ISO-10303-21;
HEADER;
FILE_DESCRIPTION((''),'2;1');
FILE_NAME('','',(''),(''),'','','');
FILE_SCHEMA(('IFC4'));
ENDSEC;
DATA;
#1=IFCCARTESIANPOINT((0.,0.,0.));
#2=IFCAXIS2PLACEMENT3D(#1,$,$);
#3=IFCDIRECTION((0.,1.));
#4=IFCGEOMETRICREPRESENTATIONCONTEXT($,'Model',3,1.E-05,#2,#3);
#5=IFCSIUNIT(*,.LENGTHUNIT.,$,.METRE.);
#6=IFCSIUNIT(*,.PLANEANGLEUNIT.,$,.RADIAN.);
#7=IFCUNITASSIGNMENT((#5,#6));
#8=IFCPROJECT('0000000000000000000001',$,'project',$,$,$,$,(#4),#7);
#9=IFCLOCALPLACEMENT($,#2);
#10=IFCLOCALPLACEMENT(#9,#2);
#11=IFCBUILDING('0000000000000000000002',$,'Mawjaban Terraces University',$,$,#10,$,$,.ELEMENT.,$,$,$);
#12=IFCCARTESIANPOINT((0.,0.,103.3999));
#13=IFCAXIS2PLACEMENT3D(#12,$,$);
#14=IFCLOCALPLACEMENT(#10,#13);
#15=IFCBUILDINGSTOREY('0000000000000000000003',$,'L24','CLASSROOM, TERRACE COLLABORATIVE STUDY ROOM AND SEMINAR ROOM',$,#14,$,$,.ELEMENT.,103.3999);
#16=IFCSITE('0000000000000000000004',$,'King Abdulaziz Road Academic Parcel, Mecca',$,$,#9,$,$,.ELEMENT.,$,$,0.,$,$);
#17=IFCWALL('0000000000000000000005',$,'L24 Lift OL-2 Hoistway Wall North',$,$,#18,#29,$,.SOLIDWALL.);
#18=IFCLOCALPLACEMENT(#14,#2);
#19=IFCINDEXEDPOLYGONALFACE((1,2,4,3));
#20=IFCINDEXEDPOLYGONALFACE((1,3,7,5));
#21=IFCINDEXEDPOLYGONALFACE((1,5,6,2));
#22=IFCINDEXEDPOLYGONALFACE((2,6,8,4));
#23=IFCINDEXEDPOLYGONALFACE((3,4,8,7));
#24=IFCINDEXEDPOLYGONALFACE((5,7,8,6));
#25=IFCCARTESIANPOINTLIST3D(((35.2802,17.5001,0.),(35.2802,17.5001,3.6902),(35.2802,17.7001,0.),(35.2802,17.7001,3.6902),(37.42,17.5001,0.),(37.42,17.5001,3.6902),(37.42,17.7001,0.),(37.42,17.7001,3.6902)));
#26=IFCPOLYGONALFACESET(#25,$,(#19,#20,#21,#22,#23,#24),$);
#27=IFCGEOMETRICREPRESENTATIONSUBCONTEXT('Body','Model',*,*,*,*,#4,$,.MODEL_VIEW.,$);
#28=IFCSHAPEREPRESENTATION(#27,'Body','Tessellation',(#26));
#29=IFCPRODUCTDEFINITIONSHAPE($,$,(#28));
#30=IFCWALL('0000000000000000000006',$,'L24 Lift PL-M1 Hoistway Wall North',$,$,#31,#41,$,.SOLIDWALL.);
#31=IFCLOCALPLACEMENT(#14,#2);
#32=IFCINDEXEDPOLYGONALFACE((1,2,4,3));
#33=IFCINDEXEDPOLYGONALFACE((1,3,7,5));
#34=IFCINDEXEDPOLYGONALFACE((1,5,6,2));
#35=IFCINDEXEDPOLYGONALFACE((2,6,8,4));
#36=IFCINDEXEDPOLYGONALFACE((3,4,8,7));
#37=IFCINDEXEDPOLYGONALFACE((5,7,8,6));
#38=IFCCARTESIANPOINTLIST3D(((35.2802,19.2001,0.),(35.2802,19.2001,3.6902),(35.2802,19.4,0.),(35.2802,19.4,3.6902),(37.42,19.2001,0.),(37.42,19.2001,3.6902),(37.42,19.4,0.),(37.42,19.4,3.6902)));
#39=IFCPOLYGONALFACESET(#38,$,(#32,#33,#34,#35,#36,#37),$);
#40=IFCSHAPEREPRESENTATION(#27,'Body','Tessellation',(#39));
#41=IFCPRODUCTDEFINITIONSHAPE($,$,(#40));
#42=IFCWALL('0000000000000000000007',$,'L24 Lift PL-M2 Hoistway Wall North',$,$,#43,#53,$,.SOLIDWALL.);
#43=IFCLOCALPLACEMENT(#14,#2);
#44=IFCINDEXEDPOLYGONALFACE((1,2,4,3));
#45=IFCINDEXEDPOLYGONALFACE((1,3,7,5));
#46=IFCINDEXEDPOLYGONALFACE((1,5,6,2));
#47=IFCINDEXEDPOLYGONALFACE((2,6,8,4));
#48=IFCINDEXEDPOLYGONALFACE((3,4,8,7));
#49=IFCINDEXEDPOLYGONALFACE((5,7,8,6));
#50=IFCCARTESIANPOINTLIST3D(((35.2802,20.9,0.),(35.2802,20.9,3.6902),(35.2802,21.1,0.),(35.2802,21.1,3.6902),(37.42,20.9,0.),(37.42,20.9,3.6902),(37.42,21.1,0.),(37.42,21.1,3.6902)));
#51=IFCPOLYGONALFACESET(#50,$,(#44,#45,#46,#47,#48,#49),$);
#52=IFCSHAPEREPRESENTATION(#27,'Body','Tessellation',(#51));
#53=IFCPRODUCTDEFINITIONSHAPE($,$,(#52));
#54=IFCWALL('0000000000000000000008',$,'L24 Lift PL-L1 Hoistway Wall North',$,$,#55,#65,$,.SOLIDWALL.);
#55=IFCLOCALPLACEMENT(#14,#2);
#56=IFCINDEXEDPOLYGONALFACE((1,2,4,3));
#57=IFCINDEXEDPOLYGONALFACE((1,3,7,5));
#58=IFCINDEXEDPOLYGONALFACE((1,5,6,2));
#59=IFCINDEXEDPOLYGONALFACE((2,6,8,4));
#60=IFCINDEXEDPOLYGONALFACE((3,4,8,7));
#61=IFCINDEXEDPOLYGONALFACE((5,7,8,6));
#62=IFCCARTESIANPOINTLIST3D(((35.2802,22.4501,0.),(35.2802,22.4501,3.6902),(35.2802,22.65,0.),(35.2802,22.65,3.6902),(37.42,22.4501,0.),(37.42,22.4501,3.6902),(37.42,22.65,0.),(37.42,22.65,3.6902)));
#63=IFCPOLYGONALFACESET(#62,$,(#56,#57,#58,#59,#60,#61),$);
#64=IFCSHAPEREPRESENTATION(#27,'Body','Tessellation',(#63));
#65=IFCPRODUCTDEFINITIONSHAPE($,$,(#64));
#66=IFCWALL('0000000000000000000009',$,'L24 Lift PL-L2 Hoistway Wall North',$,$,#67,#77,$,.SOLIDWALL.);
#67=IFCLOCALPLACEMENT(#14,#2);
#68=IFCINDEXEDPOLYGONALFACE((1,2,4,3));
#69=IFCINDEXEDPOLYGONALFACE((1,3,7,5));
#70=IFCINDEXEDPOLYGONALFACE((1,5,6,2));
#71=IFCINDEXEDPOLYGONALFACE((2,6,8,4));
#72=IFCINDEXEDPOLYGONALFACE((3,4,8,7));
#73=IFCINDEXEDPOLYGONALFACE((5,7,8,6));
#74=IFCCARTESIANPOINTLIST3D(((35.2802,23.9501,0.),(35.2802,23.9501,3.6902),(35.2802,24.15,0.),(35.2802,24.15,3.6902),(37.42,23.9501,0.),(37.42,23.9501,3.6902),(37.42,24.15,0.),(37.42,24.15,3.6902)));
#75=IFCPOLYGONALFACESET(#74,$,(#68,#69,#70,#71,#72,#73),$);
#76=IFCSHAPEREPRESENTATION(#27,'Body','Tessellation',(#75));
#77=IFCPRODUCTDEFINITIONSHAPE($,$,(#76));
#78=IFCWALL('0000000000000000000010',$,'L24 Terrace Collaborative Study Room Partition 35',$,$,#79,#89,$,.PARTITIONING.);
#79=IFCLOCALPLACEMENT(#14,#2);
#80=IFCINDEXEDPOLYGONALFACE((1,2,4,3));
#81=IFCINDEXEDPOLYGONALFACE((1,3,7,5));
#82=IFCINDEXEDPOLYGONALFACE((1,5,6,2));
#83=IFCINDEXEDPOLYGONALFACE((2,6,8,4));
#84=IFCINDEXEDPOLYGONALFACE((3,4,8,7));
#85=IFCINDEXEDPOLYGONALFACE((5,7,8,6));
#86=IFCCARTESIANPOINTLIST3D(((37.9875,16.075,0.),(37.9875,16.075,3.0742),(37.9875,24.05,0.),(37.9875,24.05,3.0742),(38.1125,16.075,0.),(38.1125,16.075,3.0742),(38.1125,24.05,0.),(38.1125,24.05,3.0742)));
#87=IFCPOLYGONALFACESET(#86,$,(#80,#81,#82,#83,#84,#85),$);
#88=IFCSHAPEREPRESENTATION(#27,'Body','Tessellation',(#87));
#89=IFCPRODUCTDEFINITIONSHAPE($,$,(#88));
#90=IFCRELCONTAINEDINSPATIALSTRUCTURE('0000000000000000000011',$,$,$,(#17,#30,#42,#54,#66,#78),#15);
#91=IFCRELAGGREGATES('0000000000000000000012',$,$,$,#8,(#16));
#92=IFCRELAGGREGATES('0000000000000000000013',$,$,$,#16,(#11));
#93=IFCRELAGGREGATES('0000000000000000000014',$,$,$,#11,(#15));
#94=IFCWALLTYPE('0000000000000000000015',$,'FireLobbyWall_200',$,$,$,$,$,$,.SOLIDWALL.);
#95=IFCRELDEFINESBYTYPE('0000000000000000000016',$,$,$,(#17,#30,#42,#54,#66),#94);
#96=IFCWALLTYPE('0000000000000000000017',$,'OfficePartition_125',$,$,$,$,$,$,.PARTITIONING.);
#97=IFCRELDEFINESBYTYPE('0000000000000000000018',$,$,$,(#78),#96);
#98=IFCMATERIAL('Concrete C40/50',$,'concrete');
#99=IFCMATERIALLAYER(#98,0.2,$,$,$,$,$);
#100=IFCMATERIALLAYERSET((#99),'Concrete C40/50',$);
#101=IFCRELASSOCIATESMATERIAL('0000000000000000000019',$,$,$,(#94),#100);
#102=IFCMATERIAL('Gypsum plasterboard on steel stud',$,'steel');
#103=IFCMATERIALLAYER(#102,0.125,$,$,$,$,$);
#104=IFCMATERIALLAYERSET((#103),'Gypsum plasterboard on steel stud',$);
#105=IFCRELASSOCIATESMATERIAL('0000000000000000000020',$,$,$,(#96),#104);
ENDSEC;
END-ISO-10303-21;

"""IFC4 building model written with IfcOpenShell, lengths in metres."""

from ifc_helpers import new_model, si_unit, direction, frame, frame_2d, origin, place, context, subcontext, project, spatial, rectangle, extrude, material, layer, layer_set, type_object, element, save


model = new_model("IFC4")

# Units and contexts
model_context = context("Model", 3, precision=1e-05, world=origin(), true_north=direction((0.0, 1.0)))
body_context = subcontext(model_context, "Body", "Model", "MODEL_VIEW")
ifc_project = project(units=[si_unit("LENGTHUNIT", "METRE"), si_unit("PLANEANGLEUNIT", "RADIAN")], contexts=[model_context])

# Site, building, storey
site_placement = place(None, origin())
site = spatial("IfcSite", under=ifc_project, at=site_placement, Name="King Abdulaziz Road Academic Parcel, Mecca", CompositionType="ELEMENT", RefElevation=0.0)
building_placement = place(site_placement, origin())
building = spatial("IfcBuilding", under=site, at=building_placement, Name="Mawjaban Terraces University", CompositionType="ELEMENT")
storey_placement = place(building_placement, frame((0.0, 0.0, 103.3999)))
storey = spatial("IfcBuildingStorey", under=building, at=storey_placement, Name="L24", Description="CLASSROOM, TERRACE COLLABORATIVE STUDY ROOM AND SEMINAR ROOM", CompositionType="ELEMENT", Elevation=103.3999)

# Walls
ifc_material_1 = material(Name="Concrete C40/50", Category="concrete")
ifc_layer_1 = layer(ifc_material_1, 0.2)
ifc_layer_set_1 = layer_set([ifc_layer_1], Name="Concrete C40/50")
wall_type_1 = type_object("IfcWallType", Name="FireLobbyWall_200", PredefinedType="SOLIDWALL", material=ifc_layer_set_1)
for number, where, z_axis, x_axis, name in (
    (1, (37.4199, 17.6001, 0.0), (0.0, 0.0, 1.0), (-1.0, 0.0, 0.0), "L24 Lift OL-2 Hoistway Wall North"),
    (2, (37.4199, 19.3, 0.0), (0.0, 0.0, 1.0), (-1.0, 0.0, 0.0), "L24 Lift PL-M1 Hoistway Wall North"),
    (3, (37.4199, 21.0, 0.0), (0.0, 0.0, 1.0), (-1.0, 0.0, 0.0), "L24 Lift PL-M2 Hoistway Wall North"),
    (4, (37.4199, 22.55, 0.0), (0.0, 0.0, 1.0), (-1.0, 0.0, 0.0), "L24 Lift PL-L1 Hoistway Wall North"),
    (5, (37.4199, 24.05, 0.0), (0.0, 0.0, 1.0), (-1.0, 0.0, 0.0), "L24 Lift PL-L2 Hoistway Wall North"),
):
    element("IfcWall", number, at=place(storey_placement, frame(where, z_axis=z_axis, x_axis=x_axis)), inside=storey, type_object=wall_type_1, Name=name, PredefinedType="SOLIDWALL", context=body_context, shape_type="SweptSolid", body=[
        extrude(rectangle(XDim=2.1399, YDim=0.2, at=frame_2d((1.0698, 0.0))), origin(), (0.0, 0.0, 1.0), 3.6902),
    ])
ifc_material_2 = material(Name="Gypsum plasterboard on steel stud", Category="steel")
ifc_layer_2 = layer(ifc_material_2, 0.125)
ifc_layer_set_2 = layer_set([ifc_layer_2], Name="Gypsum plasterboard on steel stud")
wall_type_2 = type_object("IfcWallType", Name="OfficePartition_125", PredefinedType="PARTITIONING", material=ifc_layer_set_2)
wall_1_placement = place(storey_placement, frame((38.05, 24.05, 0.0), z_axis=(0.0, 0.0, 1.0), x_axis=(0.0, -1.0, 0.0)))
element("IfcWall", 6, at=wall_1_placement, inside=storey, type_object=wall_type_2, Name="L24 Terrace Collaborative Study Room Partition 35", PredefinedType="PARTITIONING", context=body_context, shape_type="SweptSolid", body=[
    extrude(rectangle(XDim=7.9751, YDim=0.125, at=frame_2d((3.9875, 0.0))), origin(), (0.0, 0.0, 1.0), 3.0742),
])

save(model, "model.ifc")
